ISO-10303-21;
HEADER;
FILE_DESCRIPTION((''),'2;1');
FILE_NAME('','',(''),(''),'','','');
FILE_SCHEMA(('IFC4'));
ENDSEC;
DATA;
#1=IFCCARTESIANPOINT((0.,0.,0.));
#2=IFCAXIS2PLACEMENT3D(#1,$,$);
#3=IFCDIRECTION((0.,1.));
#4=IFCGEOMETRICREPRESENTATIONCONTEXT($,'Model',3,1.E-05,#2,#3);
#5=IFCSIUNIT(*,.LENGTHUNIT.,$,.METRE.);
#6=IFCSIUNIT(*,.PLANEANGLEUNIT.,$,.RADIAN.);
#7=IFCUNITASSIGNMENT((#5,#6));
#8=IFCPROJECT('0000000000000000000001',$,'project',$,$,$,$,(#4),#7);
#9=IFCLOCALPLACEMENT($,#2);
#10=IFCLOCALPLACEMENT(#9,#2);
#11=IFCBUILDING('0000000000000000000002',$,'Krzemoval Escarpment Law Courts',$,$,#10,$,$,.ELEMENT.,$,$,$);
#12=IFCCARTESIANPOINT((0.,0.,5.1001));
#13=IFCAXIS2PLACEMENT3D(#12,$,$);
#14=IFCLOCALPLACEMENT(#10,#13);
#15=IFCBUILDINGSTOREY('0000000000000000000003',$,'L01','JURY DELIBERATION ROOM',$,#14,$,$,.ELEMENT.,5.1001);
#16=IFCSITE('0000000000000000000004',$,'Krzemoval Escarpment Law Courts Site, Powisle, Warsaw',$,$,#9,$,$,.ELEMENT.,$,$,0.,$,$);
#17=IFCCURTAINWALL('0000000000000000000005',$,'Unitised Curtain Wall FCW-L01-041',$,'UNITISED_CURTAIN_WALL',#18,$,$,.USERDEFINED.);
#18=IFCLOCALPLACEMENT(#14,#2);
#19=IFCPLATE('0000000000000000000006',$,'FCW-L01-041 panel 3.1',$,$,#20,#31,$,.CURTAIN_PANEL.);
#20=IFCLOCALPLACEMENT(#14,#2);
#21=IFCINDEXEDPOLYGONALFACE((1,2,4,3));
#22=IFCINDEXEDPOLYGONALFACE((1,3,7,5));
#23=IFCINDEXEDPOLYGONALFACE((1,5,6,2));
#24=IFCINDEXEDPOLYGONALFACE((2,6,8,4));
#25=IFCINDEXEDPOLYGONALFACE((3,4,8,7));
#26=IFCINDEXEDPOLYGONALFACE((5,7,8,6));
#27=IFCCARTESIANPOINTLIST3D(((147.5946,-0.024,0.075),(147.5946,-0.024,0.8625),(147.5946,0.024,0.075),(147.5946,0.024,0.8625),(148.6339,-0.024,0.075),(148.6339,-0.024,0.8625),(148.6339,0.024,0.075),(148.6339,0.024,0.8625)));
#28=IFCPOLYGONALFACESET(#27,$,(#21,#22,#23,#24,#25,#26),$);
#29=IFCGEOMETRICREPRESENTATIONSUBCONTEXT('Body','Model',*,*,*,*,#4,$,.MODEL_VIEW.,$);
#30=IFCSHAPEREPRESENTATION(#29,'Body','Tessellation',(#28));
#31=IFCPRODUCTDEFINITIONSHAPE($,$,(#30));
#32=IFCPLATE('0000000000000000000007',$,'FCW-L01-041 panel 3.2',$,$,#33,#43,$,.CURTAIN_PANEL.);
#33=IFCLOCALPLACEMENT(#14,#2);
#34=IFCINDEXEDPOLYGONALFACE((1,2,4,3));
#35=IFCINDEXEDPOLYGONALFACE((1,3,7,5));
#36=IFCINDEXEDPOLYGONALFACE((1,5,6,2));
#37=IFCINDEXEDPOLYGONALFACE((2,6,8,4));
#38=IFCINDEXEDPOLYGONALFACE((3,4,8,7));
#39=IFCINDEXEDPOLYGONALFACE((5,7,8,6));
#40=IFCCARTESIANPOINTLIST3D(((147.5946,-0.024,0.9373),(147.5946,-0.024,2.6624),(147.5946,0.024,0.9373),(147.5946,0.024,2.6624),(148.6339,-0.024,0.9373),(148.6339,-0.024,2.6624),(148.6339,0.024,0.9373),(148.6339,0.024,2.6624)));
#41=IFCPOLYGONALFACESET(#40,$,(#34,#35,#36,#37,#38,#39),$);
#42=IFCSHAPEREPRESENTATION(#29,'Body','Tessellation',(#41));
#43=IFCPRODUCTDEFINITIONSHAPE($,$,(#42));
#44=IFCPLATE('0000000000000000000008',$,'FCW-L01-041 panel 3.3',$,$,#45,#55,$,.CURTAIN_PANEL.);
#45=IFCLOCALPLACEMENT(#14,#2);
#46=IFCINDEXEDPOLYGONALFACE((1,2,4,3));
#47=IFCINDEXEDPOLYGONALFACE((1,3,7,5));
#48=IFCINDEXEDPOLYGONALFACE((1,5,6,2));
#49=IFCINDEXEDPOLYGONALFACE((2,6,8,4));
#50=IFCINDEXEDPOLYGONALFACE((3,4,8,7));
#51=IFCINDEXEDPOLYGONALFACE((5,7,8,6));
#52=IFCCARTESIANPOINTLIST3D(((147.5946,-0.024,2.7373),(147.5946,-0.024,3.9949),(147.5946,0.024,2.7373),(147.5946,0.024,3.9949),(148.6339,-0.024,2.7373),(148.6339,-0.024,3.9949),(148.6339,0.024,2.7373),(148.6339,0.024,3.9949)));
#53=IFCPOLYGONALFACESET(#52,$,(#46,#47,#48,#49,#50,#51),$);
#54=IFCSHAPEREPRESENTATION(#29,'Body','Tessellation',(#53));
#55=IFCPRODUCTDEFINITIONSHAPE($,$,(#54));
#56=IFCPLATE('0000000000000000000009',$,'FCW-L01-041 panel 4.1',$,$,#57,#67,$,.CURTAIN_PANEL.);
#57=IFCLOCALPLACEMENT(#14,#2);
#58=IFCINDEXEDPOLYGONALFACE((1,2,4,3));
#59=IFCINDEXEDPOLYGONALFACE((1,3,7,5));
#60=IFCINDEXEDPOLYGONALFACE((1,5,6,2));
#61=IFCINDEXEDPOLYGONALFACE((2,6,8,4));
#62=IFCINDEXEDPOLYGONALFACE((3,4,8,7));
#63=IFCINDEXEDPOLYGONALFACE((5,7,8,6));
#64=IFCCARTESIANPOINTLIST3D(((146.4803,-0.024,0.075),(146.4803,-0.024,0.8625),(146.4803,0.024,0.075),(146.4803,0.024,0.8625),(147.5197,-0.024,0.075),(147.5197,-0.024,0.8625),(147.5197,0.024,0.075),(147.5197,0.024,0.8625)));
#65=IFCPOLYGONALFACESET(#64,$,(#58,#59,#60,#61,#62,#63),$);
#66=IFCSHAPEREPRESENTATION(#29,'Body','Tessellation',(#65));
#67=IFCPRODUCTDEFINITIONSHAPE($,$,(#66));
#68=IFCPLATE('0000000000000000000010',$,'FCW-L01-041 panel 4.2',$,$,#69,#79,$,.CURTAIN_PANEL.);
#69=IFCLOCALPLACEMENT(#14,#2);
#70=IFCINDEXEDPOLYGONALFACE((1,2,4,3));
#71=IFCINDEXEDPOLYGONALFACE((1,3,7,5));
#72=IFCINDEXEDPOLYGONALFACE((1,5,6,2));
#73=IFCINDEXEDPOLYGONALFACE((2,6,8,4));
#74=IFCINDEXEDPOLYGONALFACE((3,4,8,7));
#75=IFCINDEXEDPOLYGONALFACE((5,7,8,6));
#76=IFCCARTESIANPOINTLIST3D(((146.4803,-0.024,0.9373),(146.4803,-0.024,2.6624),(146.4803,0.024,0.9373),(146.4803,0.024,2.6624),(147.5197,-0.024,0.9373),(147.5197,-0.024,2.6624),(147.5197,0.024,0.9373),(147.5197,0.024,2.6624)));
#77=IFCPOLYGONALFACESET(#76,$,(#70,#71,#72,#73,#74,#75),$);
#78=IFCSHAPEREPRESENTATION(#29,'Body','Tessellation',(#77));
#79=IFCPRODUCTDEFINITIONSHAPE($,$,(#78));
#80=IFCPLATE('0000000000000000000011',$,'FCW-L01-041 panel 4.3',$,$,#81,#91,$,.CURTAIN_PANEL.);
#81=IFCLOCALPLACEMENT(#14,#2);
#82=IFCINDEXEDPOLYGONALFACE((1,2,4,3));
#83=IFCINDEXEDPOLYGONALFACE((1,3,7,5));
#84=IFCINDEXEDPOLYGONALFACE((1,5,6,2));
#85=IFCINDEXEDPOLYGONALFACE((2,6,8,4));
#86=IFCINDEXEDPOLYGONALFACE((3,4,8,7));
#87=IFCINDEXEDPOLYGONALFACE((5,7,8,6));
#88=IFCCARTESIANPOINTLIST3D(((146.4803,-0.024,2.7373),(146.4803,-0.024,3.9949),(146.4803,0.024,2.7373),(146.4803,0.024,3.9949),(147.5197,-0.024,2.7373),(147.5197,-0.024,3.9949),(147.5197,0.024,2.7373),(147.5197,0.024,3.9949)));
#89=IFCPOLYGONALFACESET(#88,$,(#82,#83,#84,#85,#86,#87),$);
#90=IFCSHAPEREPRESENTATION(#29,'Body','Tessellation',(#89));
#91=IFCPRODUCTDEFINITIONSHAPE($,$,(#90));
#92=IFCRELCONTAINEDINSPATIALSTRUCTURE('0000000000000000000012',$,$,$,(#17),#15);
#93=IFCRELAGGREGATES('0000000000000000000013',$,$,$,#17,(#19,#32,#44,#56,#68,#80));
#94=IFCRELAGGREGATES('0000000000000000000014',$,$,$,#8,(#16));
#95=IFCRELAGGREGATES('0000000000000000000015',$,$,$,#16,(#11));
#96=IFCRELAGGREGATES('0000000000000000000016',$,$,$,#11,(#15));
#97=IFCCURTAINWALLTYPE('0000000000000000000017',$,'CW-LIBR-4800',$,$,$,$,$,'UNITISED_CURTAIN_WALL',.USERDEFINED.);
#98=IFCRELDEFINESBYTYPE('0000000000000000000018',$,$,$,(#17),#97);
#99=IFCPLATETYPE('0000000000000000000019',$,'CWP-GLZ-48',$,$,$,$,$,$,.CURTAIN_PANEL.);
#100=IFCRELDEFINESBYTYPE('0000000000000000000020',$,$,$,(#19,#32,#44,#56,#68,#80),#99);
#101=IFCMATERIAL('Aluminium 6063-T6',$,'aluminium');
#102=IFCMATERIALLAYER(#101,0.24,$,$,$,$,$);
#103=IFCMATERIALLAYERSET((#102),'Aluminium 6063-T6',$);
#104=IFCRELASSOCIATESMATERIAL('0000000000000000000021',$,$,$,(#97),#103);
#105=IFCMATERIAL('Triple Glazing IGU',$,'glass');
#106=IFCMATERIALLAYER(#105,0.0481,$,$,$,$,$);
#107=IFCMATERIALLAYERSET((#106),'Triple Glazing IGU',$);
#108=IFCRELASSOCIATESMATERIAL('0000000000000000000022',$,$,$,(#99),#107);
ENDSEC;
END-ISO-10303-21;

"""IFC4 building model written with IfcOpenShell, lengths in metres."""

from ifc_helpers import new_model, si_unit, direction, frame, origin, origin_2d, place, context, subcontext, project, spatial, rectangle, extrude, material, layer, layer_set, type_object, element, aggregate, save


model = new_model("IFC4")

# Units and contexts
model_context = context("Model", 3, precision=1e-05, world=origin(), true_north=direction((0.0, 1.0)))
body_context = subcontext(model_context, "Body", "Model", "MODEL_VIEW")
ifc_project = project(units=[si_unit("LENGTHUNIT", "METRE"), si_unit("PLANEANGLEUNIT", "RADIAN")], contexts=[model_context])

# Site, building, storey
site_placement = place(None, origin())
site = spatial("IfcSite", under=ifc_project, at=site_placement, Name="Krzemoval Escarpment Law Courts Site, Powisle, Warsaw", CompositionType="ELEMENT", RefElevation=0.0)
building_placement = place(site_placement, origin())
building = spatial("IfcBuilding", under=site, at=building_placement, Name="Krzemoval Escarpment Law Courts", CompositionType="ELEMENT")
storey_placement = place(building_placement, frame((0.0, 0.0, 5.1001)))
storey = spatial("IfcBuildingStorey", under=building, at=storey_placement, Name="L01", Description="JURY DELIBERATION ROOM", CompositionType="ELEMENT", Elevation=5.1001)

# Curtain wall
ifc_material_1 = material(Name="Aluminium 6063-T6", Category="aluminium")
ifc_layer_1 = layer(ifc_material_1, 0.24)
ifc_layer_set_1 = layer_set([ifc_layer_1], Name="Aluminium 6063-T6")
curtain_wall_type = type_object("IfcCurtainWallType", Name="CW-LIBR-4800", ElementType="UNITISED_CURTAIN_WALL", PredefinedType="USERDEFINED", material=ifc_layer_set_1)
curtain_wall_placement = place(storey_placement, origin())
curtain_wall = element("IfcCurtainWall", 1, at=curtain_wall_placement, inside=storey, type_object=curtain_wall_type, Name="Unitised Curtain Wall FCW-L01-041", ObjectType="UNITISED_CURTAIN_WALL", PredefinedType="USERDEFINED")

# Plates
ifc_material_2 = material(Name="Triple Glazing IGU", Category="glass")
ifc_layer_2 = layer(ifc_material_2, 0.0481)
ifc_layer_set_2 = layer_set([ifc_layer_2], Name="Triple Glazing IGU")
plate_type = type_object("IfcPlateType", Name="CWP-GLZ-48", PredefinedType="CURTAIN_PANEL", material=ifc_layer_set_2)
plate_1_placement = place(storey_placement, frame((148.1143, 0.0, 0.075), z_axis=(0.0, 0.0, 1.0), x_axis=(-1.0, 0.0, 0.0)))
plate_1 = element("IfcPlate", 2, at=plate_1_placement, type_object=plate_type, Name="FCW-L01-041 panel 3.1", PredefinedType="CURTAIN_PANEL", context=body_context, shape_type="SweptSolid", body=[
    extrude(rectangle(XDim=1.0393, YDim=0.0481, at=origin_2d()), origin(), (0.0, 0.0, 1.0), 0.7876),
])
plate_2_placement = place(storey_placement, frame((148.1143, 0.0, 0.9373), z_axis=(0.0, 0.0, 1.0), x_axis=(-1.0, 0.0, 0.0)))
plate_2 = element("IfcPlate", 3, at=plate_2_placement, type_object=plate_type, Name="FCW-L01-041 panel 3.2", PredefinedType="CURTAIN_PANEL", context=body_context, shape_type="SweptSolid", body=[
    extrude(rectangle(XDim=1.0393, YDim=0.0481, at=origin_2d()), origin(), (0.0, 0.0, 1.0), 1.7251),
])
plate_3_placement = place(storey_placement, frame((148.1143, 0.0, 2.7373), z_axis=(0.0, 0.0, 1.0), x_axis=(-1.0, 0.0, 0.0)))
plate_3 = element("IfcPlate", 4, at=plate_3_placement, type_object=plate_type, Name="FCW-L01-041 panel 3.3", PredefinedType="CURTAIN_PANEL", context=body_context, shape_type="SweptSolid", body=[
    extrude(rectangle(XDim=1.0393, YDim=0.0481, at=origin_2d()), origin(), (0.0, 0.0, 1.0), 1.2576),
])
plate_4_placement = place(storey_placement, frame((147.0, 0.0, 0.075), z_axis=(0.0, 0.0, 1.0), x_axis=(-1.0, 0.0, 0.0)))
plate_4 = element("IfcPlate", 5, at=plate_4_placement, type_object=plate_type, Name="FCW-L01-041 panel 4.1", PredefinedType="CURTAIN_PANEL", context=body_context, shape_type="SweptSolid", body=[
    extrude(rectangle(XDim=1.0393, YDim=0.0481, at=origin_2d()), origin(), (0.0, 0.0, 1.0), 0.7876),
])
plate_5_placement = place(storey_placement, frame((147.0, 0.0, 0.9373), z_axis=(0.0, 0.0, 1.0), x_axis=(-1.0, 0.0, 0.0)))
plate_5 = element("IfcPlate", 6, at=plate_5_placement, type_object=plate_type, Name="FCW-L01-041 panel 4.2", PredefinedType="CURTAIN_PANEL", context=body_context, shape_type="SweptSolid", body=[
    extrude(rectangle(XDim=1.0393, YDim=0.0481, at=origin_2d()), origin(), (0.0, 0.0, 1.0), 1.7251),
])
plate_6_placement = place(storey_placement, frame((147.0, 0.0, 2.7373), z_axis=(0.0, 0.0, 1.0), x_axis=(-1.0, 0.0, 0.0)))
plate_6 = element("IfcPlate", 7, at=plate_6_placement, type_object=plate_type, Name="FCW-L01-041 panel 4.3", PredefinedType="CURTAIN_PANEL", context=body_context, shape_type="SweptSolid", body=[
    extrude(rectangle(XDim=1.0393, YDim=0.0481, at=origin_2d()), origin(), (0.0, 0.0, 1.0), 1.2576),
])
aggregate(curtain_wall, [plate_1, plate_2, plate_3, plate_4, plate_5, plate_6])

save(model, "model.ifc")
